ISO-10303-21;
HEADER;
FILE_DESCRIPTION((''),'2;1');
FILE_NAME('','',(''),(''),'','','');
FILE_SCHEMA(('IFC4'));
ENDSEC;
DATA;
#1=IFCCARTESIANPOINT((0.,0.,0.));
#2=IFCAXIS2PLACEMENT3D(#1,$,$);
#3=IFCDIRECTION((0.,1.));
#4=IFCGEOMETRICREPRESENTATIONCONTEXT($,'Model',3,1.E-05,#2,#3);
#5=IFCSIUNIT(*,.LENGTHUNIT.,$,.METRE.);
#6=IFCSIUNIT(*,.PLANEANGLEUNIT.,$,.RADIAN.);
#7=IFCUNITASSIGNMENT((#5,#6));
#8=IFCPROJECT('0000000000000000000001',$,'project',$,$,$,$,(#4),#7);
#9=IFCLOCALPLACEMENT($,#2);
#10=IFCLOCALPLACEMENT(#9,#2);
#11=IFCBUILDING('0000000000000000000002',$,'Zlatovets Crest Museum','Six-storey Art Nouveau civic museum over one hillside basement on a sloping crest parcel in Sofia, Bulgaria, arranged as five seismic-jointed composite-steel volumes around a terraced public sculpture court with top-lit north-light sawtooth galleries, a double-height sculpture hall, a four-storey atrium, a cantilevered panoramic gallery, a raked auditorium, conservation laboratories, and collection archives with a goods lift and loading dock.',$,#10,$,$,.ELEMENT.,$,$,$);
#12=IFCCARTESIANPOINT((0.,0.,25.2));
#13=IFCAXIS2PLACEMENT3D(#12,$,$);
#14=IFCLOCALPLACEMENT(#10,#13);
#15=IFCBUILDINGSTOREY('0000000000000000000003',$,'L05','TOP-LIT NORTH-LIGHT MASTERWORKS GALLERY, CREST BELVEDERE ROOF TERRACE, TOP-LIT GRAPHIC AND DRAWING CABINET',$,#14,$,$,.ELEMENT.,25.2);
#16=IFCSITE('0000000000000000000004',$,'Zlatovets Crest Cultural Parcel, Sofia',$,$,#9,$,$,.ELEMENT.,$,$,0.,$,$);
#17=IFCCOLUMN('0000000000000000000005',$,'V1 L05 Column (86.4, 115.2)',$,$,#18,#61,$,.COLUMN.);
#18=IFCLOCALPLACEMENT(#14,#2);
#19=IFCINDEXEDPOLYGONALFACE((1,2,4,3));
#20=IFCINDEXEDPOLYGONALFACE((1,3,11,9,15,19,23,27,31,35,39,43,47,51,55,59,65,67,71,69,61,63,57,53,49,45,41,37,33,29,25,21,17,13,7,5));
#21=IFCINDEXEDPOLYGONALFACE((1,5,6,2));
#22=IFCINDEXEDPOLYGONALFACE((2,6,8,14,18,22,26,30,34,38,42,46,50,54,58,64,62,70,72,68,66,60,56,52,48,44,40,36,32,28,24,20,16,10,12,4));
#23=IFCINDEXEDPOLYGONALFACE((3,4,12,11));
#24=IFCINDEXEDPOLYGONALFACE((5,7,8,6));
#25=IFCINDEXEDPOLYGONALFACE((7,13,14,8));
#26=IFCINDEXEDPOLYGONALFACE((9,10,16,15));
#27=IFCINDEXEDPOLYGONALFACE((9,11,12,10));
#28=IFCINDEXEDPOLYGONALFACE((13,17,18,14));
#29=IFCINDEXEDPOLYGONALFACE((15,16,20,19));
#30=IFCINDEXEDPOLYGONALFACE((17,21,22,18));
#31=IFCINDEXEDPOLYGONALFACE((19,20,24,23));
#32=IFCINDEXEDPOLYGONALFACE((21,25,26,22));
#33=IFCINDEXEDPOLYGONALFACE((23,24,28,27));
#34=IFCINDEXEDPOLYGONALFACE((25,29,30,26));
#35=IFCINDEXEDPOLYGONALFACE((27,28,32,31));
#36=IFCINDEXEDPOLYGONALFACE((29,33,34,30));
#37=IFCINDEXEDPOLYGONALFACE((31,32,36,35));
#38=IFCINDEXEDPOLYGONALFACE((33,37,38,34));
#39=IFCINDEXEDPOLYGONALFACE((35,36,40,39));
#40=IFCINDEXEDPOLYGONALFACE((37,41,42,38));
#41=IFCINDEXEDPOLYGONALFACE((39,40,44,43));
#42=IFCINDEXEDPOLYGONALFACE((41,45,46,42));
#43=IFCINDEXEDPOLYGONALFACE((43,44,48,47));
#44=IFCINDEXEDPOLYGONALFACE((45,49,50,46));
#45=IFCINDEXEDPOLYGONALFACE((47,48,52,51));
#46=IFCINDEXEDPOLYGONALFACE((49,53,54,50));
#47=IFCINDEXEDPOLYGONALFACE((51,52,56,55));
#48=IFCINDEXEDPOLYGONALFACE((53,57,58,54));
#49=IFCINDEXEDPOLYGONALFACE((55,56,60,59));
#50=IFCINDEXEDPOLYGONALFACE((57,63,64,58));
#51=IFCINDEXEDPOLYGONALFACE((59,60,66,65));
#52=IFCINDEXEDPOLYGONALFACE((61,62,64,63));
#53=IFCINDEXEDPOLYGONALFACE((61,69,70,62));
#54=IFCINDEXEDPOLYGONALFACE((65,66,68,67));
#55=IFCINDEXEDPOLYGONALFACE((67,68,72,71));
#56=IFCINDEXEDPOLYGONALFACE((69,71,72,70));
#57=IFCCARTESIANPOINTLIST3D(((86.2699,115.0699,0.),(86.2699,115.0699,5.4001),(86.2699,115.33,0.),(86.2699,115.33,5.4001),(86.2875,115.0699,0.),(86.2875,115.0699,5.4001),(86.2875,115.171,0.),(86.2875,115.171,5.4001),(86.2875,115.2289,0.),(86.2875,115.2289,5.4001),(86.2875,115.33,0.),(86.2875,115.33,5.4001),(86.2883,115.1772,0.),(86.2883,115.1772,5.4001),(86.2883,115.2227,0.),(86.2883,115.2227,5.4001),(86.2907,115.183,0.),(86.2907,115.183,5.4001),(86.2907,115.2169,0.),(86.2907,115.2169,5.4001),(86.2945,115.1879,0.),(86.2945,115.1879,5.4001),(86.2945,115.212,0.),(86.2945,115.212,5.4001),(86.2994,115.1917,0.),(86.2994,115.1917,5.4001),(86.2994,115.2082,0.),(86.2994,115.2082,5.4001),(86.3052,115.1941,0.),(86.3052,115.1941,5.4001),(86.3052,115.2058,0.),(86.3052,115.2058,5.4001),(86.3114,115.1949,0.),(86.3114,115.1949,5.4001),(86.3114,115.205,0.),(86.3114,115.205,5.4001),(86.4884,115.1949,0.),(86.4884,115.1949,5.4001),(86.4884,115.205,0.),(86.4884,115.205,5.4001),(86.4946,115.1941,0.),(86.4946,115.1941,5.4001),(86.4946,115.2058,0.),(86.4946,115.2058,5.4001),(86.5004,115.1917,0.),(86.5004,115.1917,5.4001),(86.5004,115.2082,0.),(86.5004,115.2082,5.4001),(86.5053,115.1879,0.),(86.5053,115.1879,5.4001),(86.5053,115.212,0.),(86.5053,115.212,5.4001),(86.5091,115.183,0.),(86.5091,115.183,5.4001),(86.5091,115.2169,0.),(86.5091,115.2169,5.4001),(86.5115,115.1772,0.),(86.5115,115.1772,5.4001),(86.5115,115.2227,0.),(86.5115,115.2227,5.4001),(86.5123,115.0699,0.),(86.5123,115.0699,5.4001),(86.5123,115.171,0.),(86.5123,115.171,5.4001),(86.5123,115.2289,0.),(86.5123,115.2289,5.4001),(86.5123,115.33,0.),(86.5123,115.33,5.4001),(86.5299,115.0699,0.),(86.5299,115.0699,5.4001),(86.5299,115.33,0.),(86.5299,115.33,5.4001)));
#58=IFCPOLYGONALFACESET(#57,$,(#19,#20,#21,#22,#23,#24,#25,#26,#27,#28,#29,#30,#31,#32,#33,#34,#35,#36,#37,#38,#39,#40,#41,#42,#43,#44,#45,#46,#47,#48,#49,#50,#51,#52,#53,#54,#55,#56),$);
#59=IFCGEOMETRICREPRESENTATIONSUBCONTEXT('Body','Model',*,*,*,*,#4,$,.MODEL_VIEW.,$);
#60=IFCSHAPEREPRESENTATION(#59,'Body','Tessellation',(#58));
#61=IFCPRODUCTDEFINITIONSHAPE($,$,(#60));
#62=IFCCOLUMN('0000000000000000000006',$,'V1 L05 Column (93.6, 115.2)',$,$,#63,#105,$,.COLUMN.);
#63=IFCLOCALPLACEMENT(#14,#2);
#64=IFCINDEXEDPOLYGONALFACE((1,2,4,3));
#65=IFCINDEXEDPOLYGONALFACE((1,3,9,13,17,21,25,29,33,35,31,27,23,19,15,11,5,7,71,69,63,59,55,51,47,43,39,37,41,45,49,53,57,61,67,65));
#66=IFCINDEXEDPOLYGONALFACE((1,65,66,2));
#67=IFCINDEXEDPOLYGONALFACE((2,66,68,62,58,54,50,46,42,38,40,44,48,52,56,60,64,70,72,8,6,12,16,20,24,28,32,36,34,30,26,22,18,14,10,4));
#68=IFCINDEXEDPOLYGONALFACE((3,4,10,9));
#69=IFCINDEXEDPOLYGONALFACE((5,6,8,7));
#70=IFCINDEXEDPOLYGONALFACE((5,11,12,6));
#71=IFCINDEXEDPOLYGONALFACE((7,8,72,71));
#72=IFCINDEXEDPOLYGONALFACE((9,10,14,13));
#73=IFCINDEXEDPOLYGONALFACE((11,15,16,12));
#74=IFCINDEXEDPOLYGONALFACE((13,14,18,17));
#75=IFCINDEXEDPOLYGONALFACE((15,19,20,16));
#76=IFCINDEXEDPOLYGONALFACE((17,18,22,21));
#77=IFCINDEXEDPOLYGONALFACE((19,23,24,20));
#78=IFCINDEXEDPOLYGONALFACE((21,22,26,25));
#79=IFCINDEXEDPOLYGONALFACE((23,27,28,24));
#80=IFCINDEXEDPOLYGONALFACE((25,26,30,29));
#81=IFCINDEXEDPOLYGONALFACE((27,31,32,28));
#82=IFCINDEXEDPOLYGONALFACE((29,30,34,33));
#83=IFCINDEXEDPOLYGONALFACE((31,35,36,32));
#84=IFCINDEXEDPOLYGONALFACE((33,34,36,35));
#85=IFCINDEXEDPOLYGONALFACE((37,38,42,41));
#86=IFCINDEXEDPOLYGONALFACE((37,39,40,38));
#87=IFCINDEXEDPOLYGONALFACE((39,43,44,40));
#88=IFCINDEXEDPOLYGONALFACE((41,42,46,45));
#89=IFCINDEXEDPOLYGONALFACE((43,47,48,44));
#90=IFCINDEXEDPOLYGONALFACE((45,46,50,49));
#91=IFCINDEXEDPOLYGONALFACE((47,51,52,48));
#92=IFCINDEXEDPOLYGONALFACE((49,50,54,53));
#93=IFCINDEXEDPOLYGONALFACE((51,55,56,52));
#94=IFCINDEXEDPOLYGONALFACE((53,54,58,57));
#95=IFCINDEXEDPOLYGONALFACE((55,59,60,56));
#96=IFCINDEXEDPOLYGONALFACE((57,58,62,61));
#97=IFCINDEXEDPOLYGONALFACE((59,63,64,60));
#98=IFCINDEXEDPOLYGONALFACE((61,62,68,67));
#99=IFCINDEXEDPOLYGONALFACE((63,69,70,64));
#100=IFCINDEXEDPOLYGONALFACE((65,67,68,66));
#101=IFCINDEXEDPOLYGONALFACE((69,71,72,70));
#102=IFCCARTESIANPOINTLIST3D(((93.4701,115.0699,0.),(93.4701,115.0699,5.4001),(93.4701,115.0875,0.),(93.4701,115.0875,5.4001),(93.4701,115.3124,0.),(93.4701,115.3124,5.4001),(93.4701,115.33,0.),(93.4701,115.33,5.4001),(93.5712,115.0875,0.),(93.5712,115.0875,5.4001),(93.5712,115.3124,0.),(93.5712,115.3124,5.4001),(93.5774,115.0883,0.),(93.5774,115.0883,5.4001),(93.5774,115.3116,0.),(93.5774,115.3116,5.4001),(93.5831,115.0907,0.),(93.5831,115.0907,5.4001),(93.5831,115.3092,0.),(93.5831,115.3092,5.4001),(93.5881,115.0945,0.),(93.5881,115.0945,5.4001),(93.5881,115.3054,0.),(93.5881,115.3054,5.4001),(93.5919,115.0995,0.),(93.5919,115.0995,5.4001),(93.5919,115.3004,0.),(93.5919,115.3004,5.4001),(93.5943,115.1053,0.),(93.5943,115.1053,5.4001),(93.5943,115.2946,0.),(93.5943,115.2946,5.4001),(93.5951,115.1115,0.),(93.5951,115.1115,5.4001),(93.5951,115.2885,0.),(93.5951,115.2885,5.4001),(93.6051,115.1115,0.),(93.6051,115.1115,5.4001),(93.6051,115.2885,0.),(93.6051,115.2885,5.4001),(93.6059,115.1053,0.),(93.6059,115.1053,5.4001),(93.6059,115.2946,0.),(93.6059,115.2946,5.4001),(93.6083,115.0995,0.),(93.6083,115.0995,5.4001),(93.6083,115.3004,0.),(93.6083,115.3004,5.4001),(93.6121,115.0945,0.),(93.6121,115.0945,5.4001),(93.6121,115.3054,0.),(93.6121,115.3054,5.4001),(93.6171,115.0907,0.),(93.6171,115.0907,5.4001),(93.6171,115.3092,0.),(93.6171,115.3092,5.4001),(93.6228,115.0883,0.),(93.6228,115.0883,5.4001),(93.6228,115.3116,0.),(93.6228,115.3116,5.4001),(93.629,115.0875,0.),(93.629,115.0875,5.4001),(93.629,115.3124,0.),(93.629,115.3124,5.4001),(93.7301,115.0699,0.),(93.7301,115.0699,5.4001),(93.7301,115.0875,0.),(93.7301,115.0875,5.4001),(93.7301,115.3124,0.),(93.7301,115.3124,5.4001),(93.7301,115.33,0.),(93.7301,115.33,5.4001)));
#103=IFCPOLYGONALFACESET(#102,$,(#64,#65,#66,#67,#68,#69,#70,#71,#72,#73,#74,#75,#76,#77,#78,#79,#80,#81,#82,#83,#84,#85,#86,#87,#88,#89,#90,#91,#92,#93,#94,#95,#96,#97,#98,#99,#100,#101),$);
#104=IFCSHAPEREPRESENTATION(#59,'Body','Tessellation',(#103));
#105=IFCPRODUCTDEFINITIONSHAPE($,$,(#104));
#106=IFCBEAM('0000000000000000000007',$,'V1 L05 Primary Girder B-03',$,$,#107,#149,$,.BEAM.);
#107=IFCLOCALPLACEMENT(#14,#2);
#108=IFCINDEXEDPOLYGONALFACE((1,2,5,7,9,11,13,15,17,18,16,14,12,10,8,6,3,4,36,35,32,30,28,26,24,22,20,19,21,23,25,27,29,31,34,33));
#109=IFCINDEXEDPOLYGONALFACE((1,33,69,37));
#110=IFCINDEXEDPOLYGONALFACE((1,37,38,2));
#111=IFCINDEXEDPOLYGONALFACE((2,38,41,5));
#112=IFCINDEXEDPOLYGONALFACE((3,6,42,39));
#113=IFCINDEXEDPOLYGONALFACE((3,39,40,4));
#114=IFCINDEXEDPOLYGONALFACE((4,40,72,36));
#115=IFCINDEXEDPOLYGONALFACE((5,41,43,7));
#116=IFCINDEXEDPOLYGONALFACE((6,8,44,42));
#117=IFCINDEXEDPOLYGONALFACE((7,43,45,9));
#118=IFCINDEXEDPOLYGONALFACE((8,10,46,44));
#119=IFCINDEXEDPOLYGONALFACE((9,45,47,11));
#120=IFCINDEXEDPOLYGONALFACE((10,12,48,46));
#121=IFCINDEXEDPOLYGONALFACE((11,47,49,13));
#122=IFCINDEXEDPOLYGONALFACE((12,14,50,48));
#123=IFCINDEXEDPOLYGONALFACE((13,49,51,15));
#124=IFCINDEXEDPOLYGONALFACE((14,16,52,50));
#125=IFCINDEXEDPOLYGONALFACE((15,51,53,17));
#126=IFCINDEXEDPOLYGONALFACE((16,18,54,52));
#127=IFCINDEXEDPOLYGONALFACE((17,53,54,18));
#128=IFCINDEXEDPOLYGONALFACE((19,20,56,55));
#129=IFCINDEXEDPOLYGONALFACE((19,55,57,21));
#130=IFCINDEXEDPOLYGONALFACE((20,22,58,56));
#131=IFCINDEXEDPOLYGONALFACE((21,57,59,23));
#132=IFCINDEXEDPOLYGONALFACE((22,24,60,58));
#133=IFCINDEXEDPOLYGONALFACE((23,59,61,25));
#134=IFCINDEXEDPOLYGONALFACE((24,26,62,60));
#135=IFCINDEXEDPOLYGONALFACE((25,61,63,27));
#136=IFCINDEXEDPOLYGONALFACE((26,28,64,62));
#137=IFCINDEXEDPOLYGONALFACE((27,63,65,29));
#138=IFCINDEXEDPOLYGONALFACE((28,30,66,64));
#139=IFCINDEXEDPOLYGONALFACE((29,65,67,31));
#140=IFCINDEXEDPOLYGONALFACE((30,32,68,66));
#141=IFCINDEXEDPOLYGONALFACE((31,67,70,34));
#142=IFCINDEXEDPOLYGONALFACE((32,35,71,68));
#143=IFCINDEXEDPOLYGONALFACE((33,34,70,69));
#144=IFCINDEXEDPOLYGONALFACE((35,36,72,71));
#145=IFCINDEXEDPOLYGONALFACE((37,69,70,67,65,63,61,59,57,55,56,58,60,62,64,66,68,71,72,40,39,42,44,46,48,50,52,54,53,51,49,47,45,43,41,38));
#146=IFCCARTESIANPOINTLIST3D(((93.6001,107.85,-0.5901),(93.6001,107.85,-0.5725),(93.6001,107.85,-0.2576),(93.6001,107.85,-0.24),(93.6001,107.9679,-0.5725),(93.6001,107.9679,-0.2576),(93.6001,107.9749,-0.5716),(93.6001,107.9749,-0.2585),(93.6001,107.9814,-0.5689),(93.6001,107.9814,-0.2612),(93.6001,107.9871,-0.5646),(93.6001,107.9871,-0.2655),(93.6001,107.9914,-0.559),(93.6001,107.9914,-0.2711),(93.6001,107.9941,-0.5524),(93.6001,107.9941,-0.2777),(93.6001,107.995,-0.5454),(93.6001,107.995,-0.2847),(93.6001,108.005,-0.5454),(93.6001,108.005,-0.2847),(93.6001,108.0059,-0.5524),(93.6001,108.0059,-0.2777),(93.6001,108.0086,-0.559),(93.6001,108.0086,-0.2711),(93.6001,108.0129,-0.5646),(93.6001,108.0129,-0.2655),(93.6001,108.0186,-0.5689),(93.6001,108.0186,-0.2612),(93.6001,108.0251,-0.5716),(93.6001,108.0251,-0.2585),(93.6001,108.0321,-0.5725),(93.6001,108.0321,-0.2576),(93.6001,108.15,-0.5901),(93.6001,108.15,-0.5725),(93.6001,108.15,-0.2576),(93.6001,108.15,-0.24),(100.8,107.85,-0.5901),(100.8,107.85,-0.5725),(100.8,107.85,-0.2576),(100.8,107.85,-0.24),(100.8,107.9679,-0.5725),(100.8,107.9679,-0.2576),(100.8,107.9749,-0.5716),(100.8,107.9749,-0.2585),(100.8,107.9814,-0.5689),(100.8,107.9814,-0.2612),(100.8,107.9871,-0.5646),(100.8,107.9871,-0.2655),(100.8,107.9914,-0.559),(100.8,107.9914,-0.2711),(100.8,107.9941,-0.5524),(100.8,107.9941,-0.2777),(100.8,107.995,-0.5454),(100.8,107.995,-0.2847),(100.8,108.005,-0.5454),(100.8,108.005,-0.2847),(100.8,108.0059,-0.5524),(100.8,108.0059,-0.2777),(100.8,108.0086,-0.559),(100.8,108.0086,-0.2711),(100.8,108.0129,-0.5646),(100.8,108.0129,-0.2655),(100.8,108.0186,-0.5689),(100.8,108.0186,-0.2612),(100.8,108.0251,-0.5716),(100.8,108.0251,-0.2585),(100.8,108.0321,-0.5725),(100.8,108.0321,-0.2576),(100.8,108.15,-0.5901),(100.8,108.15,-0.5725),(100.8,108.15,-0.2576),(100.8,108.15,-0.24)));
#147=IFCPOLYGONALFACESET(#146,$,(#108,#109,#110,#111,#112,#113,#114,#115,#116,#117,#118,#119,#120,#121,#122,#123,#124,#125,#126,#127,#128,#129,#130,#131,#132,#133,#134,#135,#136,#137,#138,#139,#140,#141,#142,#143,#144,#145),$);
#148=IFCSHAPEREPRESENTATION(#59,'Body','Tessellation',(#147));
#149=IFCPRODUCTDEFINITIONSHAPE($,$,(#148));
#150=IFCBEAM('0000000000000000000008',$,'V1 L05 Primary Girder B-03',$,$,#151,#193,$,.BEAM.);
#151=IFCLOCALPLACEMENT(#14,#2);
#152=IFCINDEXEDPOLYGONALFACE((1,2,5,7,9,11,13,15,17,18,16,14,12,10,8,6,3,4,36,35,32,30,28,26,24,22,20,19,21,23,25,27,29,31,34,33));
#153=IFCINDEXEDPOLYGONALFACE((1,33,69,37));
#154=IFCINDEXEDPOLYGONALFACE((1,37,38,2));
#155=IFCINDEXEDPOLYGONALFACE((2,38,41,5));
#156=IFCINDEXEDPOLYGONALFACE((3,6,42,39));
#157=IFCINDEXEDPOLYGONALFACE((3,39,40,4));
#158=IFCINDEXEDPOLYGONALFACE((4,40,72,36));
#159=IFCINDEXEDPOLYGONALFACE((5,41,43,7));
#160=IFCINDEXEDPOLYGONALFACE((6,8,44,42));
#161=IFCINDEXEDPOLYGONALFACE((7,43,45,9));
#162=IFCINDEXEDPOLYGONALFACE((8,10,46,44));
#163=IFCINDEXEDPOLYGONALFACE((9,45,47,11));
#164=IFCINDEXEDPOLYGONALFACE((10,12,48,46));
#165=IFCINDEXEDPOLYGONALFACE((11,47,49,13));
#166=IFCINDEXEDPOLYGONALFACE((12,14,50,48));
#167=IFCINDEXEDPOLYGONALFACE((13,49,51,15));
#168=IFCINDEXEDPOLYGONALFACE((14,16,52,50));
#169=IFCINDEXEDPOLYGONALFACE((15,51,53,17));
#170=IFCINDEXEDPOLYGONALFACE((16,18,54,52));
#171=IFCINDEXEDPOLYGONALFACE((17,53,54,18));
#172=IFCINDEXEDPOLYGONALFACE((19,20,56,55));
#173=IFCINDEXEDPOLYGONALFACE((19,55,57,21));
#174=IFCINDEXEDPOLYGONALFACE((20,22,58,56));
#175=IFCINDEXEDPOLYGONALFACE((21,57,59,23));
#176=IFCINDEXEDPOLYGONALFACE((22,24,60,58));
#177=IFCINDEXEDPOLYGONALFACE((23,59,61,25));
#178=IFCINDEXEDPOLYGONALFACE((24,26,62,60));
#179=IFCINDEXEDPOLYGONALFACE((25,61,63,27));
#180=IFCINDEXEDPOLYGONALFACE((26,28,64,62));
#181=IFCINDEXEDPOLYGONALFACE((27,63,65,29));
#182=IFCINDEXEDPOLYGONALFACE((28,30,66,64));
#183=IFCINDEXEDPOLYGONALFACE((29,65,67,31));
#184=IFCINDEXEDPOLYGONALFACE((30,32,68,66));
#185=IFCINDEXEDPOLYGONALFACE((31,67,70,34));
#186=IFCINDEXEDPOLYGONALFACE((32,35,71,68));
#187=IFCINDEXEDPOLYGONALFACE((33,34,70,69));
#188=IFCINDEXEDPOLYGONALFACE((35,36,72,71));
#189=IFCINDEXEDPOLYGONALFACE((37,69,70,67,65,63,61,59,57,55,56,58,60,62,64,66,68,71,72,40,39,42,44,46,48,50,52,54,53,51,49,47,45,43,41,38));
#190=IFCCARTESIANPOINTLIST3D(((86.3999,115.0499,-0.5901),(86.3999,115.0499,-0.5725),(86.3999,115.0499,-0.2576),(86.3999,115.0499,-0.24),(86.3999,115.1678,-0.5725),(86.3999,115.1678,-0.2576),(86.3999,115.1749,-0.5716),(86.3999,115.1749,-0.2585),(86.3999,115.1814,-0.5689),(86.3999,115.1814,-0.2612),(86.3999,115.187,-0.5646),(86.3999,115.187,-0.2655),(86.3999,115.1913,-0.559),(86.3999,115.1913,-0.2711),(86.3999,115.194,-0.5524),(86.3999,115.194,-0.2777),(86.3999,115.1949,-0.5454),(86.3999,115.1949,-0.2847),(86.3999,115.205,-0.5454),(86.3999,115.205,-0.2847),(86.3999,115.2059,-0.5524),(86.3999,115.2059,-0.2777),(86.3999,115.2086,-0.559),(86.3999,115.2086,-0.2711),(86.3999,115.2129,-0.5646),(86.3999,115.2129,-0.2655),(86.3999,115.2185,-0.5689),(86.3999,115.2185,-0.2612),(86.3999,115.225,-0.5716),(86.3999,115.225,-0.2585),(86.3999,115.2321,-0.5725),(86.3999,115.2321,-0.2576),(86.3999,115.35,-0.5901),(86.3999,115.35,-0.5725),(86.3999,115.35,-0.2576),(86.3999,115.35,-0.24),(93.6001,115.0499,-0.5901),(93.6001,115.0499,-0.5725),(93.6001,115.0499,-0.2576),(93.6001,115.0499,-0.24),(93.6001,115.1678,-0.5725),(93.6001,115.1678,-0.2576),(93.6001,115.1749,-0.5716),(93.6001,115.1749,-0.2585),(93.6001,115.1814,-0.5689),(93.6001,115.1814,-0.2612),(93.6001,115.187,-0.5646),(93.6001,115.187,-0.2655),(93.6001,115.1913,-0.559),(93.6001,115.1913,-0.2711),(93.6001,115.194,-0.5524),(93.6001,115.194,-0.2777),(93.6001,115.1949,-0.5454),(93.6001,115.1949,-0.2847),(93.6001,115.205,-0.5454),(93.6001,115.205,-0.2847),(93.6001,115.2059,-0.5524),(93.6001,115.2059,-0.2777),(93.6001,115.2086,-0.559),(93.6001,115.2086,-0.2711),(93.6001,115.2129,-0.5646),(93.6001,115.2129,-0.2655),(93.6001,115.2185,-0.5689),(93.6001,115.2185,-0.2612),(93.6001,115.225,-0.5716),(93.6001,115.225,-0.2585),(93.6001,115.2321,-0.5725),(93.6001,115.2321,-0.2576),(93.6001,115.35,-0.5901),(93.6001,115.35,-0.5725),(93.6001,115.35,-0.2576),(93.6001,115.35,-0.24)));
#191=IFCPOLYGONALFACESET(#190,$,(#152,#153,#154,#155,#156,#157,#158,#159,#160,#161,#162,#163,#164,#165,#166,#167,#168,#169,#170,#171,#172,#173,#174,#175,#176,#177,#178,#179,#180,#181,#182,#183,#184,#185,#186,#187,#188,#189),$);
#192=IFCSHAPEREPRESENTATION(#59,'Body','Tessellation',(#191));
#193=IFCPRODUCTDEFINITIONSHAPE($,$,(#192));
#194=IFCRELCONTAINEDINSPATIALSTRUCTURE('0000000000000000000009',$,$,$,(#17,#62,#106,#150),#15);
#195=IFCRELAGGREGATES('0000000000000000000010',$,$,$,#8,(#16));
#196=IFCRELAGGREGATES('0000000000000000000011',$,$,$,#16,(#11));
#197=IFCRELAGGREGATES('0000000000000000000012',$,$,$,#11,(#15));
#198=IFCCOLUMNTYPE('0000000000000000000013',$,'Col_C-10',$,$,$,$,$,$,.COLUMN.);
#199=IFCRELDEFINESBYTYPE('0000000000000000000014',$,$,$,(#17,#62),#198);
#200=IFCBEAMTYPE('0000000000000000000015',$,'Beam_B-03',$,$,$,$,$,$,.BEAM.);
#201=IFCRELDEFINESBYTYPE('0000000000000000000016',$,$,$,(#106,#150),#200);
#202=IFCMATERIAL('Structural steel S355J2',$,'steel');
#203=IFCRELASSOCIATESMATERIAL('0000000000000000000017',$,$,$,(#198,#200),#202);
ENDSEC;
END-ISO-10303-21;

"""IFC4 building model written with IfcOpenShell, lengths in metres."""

from ifc_helpers import new_model, si_unit, direction, frame, origin, origin_2d, place, context, subcontext, project, spatial, i_section, extrude, material, material_profile, profile_set, type_object, element, save


model = new_model("IFC4")

# Units and contexts
model_context = context("Model", 3, precision=1e-05, world=origin(), true_north=direction((0.0, 1.0)))
body_context = subcontext(model_context, "Body", "Model", "MODEL_VIEW")
ifc_project = project(units=[si_unit("LENGTHUNIT", "METRE"), si_unit("PLANEANGLEUNIT", "RADIAN")], contexts=[model_context])

# Site, building, storey
site_placement = place(None, origin())
site = spatial("IfcSite", under=ifc_project, at=site_placement, Name="Zlatovets Crest Cultural Parcel, Sofia", CompositionType="ELEMENT", RefElevation=0.0)
building_placement = place(site_placement, origin())
building = spatial("IfcBuilding", under=site, at=building_placement, Name="Zlatovets Crest Museum", Description="Six-storey Art Nouveau civic museum over one hillside basement on a sloping crest parcel in Sofia, Bulgaria, arranged as five seismic-jointed composite-steel volumes around a terraced public sculpture court with top-lit north-light sawtooth galleries, a double-height sculpture hall, a four-storey atrium, a cantilevered panoramic gallery, a raked auditorium, conservation laboratories, and collection archives with a goods lift and loading dock.", CompositionType="ELEMENT")
storey_placement = place(building_placement, frame((0.0, 0.0, 25.2)))
storey = spatial("IfcBuildingStorey", under=building, at=storey_placement, Name="L05", Description="TOP-LIT NORTH-LIGHT MASTERWORKS GALLERY, CREST BELVEDERE ROOF TERRACE, TOP-LIT GRAPHIC AND DRAWING CABINET", CompositionType="ELEMENT", Elevation=25.2)

# Columns
ifc_material_1 = material(Name="Structural steel S355J2", Category="steel")
ifc_material_profile_1 = material_profile(ifc_material_1, i_section(OverallWidth=0.26, OverallDepth=0.26, WebThickness=0.01, FlangeThickness=0.0176, FilletRadius=0.0239, at=origin_2d()), Name="HEB 260")
ifc_profile_set_1 = profile_set([ifc_material_profile_1], Name="Structural steel S355J2")
column_type = type_object("IfcColumnType", Name="Col_C-10", PredefinedType="COLUMN", material=ifc_profile_set_1)
for number, where, z_axis, x_axis, name in (
    (1, (86.3999, 115.2, 0.0), (0.0, 0.0, 1.0), (0.0, 1.0, 0.0), "V1 L05 Column (86.4, 115.2)"),
    (2, (93.6001, 115.2, 0.0), (0.0, 0.0, 1.0), (1.0, 0.0, 0.0), "V1 L05 Column (93.6, 115.2)"),
):
    element("IfcColumn", number, at=place(storey_placement, frame(where, z_axis=z_axis, x_axis=x_axis)), inside=storey, type_object=column_type, Name=name, PredefinedType="COLUMN", context=body_context, shape_type="SweptSolid", body=[
        extrude(i_section(OverallWidth=0.26, OverallDepth=0.26, WebThickness=0.01, FlangeThickness=0.0176, FilletRadius=0.0239, at=origin_2d()), origin(), (0.0, 0.0, 1.0), 5.4001),
    ])

# Beams
ifc_material_profile_2 = material_profile(ifc_material_1, i_section(OverallWidth=0.3, OverallDepth=0.3501, WebThickness=0.01, FlangeThickness=0.0176, FilletRadius=0.0271, at=origin_2d()), Name="HEA 360")
ifc_profile_set_2 = profile_set([ifc_material_profile_2], Name="Structural steel S355J2")
beam_type_1 = type_object("IfcBeamType", Name="Beam_B-03", PredefinedType="BEAM", material=ifc_profile_set_2)
beam_1_placement = place(storey_placement, frame((93.6001, 108.0, -0.415), z_axis=(1.0, 0.0, 0.0), x_axis=(0.0, 1.0, 0.0)))
element("IfcBeam", 3, at=beam_1_placement, inside=storey, type_object=beam_type_1, Name="V1 L05 Primary Girder B-03", PredefinedType="BEAM", context=body_context, shape_type="SweptSolid", body=[
    extrude(i_section(OverallWidth=0.3, OverallDepth=0.3501, WebThickness=0.01, FlangeThickness=0.0176, FilletRadius=0.0271, at=origin_2d()), origin(), (0.0, 0.0, 1.0), 7.2),
])
beam_2_placement = place(storey_placement, frame((86.3999, 115.2, -0.415), z_axis=(1.0, 0.0, 0.0), x_axis=(0.0, 1.0, 0.0)))
element("IfcBeam", 4, at=beam_2_placement, inside=storey, type_object=beam_type_1, Name="V1 L05 Primary Girder B-03", PredefinedType="BEAM", context=body_context, shape_type="SweptSolid", body=[
    extrude(i_section(OverallWidth=0.3, OverallDepth=0.3501, WebThickness=0.01, FlangeThickness=0.0176, FilletRadius=0.0271, at=origin_2d()), origin(), (0.0, 0.0, 1.0), 7.2002),
])

save(model, "model.ifc")
